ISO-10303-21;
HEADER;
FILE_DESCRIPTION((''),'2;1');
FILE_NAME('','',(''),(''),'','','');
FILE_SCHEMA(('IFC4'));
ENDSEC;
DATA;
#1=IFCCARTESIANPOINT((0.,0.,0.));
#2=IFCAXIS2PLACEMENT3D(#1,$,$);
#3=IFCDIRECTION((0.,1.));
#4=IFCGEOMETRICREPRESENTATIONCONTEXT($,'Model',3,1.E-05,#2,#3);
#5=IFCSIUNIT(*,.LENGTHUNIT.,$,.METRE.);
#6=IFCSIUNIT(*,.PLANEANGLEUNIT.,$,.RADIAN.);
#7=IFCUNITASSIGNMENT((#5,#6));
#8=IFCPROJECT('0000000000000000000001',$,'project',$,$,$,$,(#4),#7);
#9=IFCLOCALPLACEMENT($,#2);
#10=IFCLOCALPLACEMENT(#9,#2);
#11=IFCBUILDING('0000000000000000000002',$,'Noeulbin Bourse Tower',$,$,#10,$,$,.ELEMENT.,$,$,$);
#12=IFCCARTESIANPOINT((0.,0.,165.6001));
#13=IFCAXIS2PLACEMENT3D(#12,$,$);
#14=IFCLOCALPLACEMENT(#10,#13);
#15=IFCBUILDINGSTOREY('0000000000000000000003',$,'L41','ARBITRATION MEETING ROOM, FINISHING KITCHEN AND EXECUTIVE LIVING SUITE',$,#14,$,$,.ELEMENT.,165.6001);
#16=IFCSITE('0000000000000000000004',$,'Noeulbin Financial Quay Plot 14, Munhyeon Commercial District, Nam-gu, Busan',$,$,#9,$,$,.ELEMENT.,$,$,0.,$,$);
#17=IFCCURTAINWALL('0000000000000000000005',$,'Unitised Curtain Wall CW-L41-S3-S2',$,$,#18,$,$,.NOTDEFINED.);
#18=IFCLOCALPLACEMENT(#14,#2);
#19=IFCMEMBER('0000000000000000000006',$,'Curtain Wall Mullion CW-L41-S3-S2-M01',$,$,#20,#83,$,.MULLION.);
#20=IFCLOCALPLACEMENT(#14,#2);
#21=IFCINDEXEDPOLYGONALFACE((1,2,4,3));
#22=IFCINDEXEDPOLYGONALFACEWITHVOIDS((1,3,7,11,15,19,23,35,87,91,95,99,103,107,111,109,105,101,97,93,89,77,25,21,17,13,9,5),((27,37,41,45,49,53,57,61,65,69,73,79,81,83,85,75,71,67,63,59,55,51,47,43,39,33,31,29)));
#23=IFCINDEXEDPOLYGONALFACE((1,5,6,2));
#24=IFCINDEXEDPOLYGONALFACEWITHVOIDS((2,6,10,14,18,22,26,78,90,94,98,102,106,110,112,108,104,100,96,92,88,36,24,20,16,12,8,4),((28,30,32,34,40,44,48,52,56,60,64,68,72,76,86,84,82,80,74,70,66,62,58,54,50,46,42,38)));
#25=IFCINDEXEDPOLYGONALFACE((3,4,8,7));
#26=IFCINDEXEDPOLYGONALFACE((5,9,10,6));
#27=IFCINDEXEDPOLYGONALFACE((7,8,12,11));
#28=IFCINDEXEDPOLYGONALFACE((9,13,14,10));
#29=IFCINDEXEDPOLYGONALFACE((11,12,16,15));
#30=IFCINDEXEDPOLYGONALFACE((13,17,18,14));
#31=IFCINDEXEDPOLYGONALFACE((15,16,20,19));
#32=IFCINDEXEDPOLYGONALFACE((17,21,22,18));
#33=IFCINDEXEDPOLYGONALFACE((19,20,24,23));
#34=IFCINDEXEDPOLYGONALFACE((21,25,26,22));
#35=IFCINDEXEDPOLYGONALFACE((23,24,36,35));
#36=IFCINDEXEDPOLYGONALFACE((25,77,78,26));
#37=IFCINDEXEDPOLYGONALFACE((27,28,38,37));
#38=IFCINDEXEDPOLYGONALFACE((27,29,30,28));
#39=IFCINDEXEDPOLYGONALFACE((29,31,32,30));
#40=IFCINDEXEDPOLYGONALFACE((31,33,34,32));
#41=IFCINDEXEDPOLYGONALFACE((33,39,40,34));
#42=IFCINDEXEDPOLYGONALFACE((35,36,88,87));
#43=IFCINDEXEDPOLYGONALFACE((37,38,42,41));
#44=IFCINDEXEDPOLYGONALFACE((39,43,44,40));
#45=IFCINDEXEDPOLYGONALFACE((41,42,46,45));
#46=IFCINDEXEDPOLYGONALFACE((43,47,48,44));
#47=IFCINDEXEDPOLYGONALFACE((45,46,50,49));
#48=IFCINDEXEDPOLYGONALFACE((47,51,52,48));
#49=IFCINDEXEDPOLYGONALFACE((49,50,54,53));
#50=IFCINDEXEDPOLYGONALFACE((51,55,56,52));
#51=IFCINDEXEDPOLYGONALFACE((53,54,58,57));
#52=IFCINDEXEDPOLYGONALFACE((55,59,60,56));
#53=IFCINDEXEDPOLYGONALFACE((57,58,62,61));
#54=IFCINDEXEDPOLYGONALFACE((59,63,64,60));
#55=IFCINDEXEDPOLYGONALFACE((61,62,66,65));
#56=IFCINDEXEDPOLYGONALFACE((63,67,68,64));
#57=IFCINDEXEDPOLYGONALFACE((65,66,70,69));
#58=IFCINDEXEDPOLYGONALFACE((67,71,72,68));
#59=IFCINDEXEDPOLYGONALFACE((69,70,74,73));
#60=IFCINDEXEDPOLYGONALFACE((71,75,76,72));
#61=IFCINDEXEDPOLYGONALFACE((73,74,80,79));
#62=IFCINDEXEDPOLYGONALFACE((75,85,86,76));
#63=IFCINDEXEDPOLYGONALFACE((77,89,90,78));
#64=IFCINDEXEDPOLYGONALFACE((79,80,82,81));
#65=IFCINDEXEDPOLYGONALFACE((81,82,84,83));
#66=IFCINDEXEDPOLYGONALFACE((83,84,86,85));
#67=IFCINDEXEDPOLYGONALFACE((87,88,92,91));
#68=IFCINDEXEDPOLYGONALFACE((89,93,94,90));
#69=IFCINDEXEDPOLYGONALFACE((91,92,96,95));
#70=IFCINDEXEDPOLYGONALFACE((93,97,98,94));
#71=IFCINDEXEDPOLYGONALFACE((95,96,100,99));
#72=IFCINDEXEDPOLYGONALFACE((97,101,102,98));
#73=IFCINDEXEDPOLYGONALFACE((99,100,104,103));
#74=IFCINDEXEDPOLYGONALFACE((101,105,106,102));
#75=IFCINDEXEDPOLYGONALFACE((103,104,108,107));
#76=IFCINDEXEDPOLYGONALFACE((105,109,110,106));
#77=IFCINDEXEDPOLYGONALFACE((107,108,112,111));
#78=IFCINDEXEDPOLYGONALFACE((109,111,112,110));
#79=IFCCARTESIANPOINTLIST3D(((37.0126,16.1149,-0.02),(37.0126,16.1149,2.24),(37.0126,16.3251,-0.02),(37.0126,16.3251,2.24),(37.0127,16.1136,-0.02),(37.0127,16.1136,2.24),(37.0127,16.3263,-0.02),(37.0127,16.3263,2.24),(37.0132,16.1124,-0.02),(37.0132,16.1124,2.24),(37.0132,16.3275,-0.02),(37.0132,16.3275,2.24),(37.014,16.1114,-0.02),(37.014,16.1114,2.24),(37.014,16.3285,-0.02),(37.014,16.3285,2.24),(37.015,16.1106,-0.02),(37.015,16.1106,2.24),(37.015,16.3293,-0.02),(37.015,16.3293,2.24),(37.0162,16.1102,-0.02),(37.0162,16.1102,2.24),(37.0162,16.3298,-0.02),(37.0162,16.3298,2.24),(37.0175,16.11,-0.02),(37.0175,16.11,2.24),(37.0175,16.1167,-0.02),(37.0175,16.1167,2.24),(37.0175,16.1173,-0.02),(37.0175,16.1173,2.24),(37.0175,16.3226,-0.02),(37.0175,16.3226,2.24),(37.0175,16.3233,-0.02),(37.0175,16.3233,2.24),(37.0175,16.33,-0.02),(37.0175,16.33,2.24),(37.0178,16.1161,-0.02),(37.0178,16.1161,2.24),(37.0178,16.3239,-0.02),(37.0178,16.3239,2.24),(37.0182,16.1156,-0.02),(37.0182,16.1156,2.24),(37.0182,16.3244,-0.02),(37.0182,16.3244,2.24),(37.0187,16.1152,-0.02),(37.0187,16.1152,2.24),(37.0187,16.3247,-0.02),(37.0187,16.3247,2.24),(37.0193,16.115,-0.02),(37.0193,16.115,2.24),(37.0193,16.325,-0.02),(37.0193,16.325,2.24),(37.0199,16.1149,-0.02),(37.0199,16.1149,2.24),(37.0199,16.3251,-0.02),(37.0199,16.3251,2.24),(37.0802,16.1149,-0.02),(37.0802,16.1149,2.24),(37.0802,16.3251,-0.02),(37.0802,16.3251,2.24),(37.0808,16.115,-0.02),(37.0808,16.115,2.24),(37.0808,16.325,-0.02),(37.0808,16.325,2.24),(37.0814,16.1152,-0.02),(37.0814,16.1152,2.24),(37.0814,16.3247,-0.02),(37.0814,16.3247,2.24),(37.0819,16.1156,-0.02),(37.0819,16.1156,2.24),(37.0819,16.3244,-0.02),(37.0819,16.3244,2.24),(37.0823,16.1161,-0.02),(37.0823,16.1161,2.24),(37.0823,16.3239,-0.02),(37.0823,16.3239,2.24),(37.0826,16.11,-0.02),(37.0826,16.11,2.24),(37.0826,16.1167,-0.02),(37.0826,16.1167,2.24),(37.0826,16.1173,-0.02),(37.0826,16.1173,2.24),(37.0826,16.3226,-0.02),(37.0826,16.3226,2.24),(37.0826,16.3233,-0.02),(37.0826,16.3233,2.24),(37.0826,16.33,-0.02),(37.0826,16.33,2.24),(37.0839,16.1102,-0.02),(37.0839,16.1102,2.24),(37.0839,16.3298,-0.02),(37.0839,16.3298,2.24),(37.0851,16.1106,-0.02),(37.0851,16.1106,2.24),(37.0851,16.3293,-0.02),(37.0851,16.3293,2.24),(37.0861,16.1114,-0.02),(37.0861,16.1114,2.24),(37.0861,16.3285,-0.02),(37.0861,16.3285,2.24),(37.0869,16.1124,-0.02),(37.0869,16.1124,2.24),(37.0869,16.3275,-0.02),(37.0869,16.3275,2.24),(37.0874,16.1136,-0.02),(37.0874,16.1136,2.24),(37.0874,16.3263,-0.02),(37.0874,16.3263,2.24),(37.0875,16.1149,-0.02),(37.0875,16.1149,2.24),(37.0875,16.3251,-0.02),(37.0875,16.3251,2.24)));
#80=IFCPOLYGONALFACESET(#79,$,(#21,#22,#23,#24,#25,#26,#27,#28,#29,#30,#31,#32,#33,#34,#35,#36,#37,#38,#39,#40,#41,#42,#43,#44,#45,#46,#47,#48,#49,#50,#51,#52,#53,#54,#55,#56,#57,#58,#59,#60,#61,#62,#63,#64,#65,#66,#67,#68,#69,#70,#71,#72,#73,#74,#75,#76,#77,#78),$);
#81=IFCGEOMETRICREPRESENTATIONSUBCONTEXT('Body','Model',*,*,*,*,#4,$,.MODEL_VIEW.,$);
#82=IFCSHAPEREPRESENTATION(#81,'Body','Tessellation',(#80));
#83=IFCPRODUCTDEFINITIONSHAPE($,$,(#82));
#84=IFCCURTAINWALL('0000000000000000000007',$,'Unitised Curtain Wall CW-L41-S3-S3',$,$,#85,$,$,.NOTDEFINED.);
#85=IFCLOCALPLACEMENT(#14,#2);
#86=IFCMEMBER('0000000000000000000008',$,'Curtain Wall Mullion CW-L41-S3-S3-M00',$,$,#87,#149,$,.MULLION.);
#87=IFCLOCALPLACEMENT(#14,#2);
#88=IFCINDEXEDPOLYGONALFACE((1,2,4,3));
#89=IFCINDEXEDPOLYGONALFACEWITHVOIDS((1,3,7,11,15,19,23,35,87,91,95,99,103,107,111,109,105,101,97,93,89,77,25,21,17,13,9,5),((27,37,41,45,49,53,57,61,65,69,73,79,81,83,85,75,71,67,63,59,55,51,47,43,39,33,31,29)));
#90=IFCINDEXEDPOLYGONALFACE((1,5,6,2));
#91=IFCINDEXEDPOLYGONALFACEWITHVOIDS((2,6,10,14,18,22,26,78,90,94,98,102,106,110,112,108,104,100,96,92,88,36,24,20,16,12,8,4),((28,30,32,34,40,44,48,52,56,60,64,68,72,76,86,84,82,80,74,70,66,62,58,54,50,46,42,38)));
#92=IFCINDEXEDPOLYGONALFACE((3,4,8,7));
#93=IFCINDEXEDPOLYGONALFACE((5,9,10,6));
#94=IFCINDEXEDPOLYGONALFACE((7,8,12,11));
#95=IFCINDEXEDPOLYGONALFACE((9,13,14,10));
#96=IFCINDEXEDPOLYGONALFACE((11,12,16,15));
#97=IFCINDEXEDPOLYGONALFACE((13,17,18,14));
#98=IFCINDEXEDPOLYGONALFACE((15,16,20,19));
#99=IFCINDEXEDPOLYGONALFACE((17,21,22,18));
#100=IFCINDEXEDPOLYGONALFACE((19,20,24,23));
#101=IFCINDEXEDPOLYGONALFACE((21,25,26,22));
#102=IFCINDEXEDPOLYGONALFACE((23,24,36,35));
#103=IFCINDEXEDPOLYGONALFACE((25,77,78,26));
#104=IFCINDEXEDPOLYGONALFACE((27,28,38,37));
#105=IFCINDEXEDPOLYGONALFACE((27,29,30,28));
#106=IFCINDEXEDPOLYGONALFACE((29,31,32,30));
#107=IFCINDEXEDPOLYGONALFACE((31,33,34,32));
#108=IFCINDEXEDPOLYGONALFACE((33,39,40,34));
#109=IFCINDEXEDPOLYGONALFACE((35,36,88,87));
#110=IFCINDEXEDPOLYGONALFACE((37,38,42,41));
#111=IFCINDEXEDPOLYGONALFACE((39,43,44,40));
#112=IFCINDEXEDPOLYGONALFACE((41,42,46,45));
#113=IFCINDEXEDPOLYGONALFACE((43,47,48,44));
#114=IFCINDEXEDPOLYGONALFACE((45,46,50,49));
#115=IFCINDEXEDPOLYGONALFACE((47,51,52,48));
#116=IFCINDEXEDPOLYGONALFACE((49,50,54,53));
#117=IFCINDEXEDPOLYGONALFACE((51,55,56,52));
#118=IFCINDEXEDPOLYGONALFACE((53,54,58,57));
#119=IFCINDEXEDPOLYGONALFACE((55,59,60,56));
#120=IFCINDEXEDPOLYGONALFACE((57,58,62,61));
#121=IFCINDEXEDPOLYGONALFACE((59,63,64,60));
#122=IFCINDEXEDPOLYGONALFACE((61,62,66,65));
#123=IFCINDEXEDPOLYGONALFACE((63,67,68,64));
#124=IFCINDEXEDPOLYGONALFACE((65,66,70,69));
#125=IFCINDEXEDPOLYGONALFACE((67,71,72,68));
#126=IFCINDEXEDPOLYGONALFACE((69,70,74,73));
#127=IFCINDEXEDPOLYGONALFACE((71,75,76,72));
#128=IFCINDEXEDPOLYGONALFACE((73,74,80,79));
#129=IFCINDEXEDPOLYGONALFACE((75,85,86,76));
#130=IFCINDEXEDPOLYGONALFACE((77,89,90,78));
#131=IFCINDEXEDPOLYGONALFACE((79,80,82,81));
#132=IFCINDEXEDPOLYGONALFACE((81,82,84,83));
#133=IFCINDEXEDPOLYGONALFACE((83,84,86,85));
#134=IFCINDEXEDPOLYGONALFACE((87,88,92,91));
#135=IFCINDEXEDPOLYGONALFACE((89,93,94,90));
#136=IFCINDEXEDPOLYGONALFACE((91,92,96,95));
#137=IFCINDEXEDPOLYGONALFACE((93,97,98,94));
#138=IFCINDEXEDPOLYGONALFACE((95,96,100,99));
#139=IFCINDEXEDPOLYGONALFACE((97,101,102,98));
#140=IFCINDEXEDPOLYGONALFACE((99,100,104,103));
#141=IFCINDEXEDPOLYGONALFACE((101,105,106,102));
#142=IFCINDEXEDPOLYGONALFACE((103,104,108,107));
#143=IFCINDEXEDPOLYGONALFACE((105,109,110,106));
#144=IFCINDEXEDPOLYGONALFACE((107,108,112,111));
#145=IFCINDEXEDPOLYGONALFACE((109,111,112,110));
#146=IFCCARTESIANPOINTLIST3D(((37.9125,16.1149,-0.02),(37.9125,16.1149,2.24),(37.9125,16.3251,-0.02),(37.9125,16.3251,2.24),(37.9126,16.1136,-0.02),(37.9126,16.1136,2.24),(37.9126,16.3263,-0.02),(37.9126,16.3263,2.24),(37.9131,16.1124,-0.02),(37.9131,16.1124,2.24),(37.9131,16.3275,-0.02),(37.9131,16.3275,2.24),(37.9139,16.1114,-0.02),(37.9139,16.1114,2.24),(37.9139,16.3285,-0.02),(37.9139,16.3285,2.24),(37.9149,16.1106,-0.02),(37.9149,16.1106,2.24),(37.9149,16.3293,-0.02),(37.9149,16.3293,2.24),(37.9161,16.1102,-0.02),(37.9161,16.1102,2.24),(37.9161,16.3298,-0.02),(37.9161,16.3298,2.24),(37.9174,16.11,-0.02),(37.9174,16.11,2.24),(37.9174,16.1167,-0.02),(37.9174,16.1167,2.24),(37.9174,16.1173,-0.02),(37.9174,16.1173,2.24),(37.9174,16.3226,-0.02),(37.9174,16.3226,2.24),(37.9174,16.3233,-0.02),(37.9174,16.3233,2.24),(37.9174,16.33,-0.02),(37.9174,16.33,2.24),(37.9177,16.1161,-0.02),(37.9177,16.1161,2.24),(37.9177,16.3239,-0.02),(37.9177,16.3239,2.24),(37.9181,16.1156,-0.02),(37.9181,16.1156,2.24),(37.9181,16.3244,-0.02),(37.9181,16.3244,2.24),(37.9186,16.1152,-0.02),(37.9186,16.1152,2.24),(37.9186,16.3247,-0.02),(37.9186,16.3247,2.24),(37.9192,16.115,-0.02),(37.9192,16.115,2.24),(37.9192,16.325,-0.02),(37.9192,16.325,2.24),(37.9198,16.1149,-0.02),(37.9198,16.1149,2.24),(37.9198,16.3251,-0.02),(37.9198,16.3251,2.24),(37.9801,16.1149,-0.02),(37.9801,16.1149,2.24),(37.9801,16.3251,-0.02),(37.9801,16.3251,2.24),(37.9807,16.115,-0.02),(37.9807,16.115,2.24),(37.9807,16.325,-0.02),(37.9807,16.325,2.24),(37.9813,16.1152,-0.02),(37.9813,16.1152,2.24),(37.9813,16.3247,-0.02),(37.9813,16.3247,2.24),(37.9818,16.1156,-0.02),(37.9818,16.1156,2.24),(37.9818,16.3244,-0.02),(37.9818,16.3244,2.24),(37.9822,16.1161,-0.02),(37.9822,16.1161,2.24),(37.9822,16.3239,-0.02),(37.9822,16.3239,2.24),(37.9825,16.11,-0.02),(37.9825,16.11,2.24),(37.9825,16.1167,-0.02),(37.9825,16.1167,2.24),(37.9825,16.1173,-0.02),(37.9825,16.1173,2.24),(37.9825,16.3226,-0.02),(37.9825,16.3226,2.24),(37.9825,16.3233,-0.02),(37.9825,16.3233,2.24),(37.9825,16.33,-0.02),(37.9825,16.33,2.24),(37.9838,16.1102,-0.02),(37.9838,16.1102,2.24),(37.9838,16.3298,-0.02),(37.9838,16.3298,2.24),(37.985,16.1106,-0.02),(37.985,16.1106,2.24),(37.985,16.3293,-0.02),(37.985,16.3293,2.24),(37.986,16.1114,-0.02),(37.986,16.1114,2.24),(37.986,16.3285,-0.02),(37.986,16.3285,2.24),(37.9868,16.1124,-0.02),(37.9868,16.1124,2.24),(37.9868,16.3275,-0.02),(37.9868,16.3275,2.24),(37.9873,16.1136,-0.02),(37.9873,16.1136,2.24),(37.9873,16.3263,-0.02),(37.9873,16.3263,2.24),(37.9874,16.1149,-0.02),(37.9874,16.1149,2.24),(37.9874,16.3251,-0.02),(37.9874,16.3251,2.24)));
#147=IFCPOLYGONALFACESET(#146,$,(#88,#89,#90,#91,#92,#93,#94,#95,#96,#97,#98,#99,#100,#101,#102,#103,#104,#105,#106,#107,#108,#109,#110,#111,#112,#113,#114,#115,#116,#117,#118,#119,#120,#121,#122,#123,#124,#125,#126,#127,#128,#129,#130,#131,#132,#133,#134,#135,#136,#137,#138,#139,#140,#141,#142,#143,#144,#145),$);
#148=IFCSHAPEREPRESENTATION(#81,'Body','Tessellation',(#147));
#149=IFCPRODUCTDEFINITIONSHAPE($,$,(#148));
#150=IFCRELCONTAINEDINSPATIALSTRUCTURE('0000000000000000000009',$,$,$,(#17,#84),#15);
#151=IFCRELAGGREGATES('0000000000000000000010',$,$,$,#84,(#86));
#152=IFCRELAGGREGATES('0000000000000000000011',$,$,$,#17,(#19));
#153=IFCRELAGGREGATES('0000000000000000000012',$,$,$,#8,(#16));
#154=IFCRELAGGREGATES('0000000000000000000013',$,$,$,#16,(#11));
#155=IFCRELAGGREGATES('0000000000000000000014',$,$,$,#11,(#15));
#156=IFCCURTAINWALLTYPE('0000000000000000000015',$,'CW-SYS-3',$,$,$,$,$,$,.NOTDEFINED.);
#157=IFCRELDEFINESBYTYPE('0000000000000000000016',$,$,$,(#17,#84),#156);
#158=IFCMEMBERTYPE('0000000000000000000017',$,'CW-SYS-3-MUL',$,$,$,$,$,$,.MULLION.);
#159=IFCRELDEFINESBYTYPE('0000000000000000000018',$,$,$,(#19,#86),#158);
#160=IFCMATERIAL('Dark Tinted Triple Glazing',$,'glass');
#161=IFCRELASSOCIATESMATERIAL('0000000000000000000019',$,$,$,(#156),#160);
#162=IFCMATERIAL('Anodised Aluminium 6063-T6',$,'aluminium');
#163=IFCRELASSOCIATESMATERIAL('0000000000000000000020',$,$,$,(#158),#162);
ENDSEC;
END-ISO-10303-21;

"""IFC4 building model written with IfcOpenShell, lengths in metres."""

from ifc_helpers import new_model, si_unit, direction, frame, origin, origin_2d, place, context, subcontext, project, spatial, hollow_rectangle, extrude, material, material_profile, profile_set, type_object, element, aggregate, save


model = new_model("IFC4")

# Units and contexts
model_context = context("Model", 3, precision=1e-05, world=origin(), true_north=direction((0.0, 1.0)))
body_context = subcontext(model_context, "Body", "Model", "MODEL_VIEW")
ifc_project = project(units=[si_unit("LENGTHUNIT", "METRE"), si_unit("PLANEANGLEUNIT", "RADIAN")], contexts=[model_context])

# Site, building, storey
site_placement = place(None, origin())
site = spatial("IfcSite", under=ifc_project, at=site_placement, Name="Noeulbin Financial Quay Plot 14, Munhyeon Commercial District, Nam-gu, Busan", CompositionType="ELEMENT", RefElevation=0.0)
building_placement = place(site_placement, origin())
building = spatial("IfcBuilding", under=site, at=building_placement, Name="Noeulbin Bourse Tower", CompositionType="ELEMENT")
storey_placement = place(building_placement, frame((0.0, 0.0, 165.6001)))
storey = spatial("IfcBuildingStorey", under=building, at=storey_placement, Name="L41", Description="ARBITRATION MEETING ROOM, FINISHING KITCHEN AND EXECUTIVE LIVING SUITE", CompositionType="ELEMENT", Elevation=165.6001)

# Shared definitions
ifc_material_1 = material(Name="Dark Tinted Triple Glazing", Category="glass")
curtain_wall_type = type_object("IfcCurtainWallType", Name="CW-SYS-3", PredefinedType="NOTDEFINED", material=ifc_material_1)
ifc_material_2 = material(Name="Anodised Aluminium 6063-T6", Category="aluminium")
ifc_material_profile_1 = material_profile(ifc_material_2, hollow_rectangle(XDim=0.075, YDim=0.22, WallThickness=0.0049, InnerFilletRadius=0.0024, OuterFilletRadius=0.0049, at=origin_2d()), Name="ALU-MULL-75x220x5", Category="LoadBearing")
ifc_profile_set_1 = profile_set([ifc_material_profile_1], Name="Anodised Aluminium 6063-T6")
member_type_1 = type_object("IfcMemberType", Name="CW-SYS-3-MUL", PredefinedType="MULLION", material=ifc_profile_set_1)

# Curtain wall, member
curtain_wall_1_placement = place(storey_placement, origin())
curtain_wall_1 = element("IfcCurtainWall", 1, at=curtain_wall_1_placement, inside=storey, type_object=curtain_wall_type, Name="Unitised Curtain Wall CW-L41-S3-S2", PredefinedType="NOTDEFINED")
member_1_placement = place(storey_placement, frame((37.05, 16.22, -0.02), z_axis=(0.0, 0.0, 1.0), x_axis=(1.0, 0.0, 0.0)))
member_1 = element("IfcMember", 2, at=member_1_placement, type_object=member_type_1, Name="Curtain Wall Mullion CW-L41-S3-S2-M01", PredefinedType="MULLION", context=body_context, shape_type="SweptSolid", body=[
    extrude(hollow_rectangle(XDim=0.075, YDim=0.22, WallThickness=0.0049, InnerFilletRadius=0.0024, OuterFilletRadius=0.0049, at=origin_2d()), origin(), (0.0, 0.0, 1.0), 2.26),
])

# Curtain wall, member
curtain_wall_2_placement = place(storey_placement, origin())
curtain_wall_2 = element("IfcCurtainWall", 3, at=curtain_wall_2_placement, inside=storey, type_object=curtain_wall_type, Name="Unitised Curtain Wall CW-L41-S3-S3", PredefinedType="NOTDEFINED")
member_2_placement = place(storey_placement, frame((37.95, 16.22, -0.02), z_axis=(0.0, 0.0, 1.0), x_axis=(1.0, 0.0, 0.0)))
member_2 = element("IfcMember", 4, at=member_2_placement, type_object=member_type_1, Name="Curtain Wall Mullion CW-L41-S3-S3-M00", PredefinedType="MULLION", context=body_context, shape_type="SweptSolid", body=[
    extrude(hollow_rectangle(XDim=0.075, YDim=0.22, WallThickness=0.0049, InnerFilletRadius=0.0024, OuterFilletRadius=0.0049, at=origin_2d()), origin(), (0.0, 0.0, 1.0), 2.26),
])

aggregate(curtain_wall_2, [member_2])

aggregate(curtain_wall_1, [member_1])

save(model, "model.ifc")
